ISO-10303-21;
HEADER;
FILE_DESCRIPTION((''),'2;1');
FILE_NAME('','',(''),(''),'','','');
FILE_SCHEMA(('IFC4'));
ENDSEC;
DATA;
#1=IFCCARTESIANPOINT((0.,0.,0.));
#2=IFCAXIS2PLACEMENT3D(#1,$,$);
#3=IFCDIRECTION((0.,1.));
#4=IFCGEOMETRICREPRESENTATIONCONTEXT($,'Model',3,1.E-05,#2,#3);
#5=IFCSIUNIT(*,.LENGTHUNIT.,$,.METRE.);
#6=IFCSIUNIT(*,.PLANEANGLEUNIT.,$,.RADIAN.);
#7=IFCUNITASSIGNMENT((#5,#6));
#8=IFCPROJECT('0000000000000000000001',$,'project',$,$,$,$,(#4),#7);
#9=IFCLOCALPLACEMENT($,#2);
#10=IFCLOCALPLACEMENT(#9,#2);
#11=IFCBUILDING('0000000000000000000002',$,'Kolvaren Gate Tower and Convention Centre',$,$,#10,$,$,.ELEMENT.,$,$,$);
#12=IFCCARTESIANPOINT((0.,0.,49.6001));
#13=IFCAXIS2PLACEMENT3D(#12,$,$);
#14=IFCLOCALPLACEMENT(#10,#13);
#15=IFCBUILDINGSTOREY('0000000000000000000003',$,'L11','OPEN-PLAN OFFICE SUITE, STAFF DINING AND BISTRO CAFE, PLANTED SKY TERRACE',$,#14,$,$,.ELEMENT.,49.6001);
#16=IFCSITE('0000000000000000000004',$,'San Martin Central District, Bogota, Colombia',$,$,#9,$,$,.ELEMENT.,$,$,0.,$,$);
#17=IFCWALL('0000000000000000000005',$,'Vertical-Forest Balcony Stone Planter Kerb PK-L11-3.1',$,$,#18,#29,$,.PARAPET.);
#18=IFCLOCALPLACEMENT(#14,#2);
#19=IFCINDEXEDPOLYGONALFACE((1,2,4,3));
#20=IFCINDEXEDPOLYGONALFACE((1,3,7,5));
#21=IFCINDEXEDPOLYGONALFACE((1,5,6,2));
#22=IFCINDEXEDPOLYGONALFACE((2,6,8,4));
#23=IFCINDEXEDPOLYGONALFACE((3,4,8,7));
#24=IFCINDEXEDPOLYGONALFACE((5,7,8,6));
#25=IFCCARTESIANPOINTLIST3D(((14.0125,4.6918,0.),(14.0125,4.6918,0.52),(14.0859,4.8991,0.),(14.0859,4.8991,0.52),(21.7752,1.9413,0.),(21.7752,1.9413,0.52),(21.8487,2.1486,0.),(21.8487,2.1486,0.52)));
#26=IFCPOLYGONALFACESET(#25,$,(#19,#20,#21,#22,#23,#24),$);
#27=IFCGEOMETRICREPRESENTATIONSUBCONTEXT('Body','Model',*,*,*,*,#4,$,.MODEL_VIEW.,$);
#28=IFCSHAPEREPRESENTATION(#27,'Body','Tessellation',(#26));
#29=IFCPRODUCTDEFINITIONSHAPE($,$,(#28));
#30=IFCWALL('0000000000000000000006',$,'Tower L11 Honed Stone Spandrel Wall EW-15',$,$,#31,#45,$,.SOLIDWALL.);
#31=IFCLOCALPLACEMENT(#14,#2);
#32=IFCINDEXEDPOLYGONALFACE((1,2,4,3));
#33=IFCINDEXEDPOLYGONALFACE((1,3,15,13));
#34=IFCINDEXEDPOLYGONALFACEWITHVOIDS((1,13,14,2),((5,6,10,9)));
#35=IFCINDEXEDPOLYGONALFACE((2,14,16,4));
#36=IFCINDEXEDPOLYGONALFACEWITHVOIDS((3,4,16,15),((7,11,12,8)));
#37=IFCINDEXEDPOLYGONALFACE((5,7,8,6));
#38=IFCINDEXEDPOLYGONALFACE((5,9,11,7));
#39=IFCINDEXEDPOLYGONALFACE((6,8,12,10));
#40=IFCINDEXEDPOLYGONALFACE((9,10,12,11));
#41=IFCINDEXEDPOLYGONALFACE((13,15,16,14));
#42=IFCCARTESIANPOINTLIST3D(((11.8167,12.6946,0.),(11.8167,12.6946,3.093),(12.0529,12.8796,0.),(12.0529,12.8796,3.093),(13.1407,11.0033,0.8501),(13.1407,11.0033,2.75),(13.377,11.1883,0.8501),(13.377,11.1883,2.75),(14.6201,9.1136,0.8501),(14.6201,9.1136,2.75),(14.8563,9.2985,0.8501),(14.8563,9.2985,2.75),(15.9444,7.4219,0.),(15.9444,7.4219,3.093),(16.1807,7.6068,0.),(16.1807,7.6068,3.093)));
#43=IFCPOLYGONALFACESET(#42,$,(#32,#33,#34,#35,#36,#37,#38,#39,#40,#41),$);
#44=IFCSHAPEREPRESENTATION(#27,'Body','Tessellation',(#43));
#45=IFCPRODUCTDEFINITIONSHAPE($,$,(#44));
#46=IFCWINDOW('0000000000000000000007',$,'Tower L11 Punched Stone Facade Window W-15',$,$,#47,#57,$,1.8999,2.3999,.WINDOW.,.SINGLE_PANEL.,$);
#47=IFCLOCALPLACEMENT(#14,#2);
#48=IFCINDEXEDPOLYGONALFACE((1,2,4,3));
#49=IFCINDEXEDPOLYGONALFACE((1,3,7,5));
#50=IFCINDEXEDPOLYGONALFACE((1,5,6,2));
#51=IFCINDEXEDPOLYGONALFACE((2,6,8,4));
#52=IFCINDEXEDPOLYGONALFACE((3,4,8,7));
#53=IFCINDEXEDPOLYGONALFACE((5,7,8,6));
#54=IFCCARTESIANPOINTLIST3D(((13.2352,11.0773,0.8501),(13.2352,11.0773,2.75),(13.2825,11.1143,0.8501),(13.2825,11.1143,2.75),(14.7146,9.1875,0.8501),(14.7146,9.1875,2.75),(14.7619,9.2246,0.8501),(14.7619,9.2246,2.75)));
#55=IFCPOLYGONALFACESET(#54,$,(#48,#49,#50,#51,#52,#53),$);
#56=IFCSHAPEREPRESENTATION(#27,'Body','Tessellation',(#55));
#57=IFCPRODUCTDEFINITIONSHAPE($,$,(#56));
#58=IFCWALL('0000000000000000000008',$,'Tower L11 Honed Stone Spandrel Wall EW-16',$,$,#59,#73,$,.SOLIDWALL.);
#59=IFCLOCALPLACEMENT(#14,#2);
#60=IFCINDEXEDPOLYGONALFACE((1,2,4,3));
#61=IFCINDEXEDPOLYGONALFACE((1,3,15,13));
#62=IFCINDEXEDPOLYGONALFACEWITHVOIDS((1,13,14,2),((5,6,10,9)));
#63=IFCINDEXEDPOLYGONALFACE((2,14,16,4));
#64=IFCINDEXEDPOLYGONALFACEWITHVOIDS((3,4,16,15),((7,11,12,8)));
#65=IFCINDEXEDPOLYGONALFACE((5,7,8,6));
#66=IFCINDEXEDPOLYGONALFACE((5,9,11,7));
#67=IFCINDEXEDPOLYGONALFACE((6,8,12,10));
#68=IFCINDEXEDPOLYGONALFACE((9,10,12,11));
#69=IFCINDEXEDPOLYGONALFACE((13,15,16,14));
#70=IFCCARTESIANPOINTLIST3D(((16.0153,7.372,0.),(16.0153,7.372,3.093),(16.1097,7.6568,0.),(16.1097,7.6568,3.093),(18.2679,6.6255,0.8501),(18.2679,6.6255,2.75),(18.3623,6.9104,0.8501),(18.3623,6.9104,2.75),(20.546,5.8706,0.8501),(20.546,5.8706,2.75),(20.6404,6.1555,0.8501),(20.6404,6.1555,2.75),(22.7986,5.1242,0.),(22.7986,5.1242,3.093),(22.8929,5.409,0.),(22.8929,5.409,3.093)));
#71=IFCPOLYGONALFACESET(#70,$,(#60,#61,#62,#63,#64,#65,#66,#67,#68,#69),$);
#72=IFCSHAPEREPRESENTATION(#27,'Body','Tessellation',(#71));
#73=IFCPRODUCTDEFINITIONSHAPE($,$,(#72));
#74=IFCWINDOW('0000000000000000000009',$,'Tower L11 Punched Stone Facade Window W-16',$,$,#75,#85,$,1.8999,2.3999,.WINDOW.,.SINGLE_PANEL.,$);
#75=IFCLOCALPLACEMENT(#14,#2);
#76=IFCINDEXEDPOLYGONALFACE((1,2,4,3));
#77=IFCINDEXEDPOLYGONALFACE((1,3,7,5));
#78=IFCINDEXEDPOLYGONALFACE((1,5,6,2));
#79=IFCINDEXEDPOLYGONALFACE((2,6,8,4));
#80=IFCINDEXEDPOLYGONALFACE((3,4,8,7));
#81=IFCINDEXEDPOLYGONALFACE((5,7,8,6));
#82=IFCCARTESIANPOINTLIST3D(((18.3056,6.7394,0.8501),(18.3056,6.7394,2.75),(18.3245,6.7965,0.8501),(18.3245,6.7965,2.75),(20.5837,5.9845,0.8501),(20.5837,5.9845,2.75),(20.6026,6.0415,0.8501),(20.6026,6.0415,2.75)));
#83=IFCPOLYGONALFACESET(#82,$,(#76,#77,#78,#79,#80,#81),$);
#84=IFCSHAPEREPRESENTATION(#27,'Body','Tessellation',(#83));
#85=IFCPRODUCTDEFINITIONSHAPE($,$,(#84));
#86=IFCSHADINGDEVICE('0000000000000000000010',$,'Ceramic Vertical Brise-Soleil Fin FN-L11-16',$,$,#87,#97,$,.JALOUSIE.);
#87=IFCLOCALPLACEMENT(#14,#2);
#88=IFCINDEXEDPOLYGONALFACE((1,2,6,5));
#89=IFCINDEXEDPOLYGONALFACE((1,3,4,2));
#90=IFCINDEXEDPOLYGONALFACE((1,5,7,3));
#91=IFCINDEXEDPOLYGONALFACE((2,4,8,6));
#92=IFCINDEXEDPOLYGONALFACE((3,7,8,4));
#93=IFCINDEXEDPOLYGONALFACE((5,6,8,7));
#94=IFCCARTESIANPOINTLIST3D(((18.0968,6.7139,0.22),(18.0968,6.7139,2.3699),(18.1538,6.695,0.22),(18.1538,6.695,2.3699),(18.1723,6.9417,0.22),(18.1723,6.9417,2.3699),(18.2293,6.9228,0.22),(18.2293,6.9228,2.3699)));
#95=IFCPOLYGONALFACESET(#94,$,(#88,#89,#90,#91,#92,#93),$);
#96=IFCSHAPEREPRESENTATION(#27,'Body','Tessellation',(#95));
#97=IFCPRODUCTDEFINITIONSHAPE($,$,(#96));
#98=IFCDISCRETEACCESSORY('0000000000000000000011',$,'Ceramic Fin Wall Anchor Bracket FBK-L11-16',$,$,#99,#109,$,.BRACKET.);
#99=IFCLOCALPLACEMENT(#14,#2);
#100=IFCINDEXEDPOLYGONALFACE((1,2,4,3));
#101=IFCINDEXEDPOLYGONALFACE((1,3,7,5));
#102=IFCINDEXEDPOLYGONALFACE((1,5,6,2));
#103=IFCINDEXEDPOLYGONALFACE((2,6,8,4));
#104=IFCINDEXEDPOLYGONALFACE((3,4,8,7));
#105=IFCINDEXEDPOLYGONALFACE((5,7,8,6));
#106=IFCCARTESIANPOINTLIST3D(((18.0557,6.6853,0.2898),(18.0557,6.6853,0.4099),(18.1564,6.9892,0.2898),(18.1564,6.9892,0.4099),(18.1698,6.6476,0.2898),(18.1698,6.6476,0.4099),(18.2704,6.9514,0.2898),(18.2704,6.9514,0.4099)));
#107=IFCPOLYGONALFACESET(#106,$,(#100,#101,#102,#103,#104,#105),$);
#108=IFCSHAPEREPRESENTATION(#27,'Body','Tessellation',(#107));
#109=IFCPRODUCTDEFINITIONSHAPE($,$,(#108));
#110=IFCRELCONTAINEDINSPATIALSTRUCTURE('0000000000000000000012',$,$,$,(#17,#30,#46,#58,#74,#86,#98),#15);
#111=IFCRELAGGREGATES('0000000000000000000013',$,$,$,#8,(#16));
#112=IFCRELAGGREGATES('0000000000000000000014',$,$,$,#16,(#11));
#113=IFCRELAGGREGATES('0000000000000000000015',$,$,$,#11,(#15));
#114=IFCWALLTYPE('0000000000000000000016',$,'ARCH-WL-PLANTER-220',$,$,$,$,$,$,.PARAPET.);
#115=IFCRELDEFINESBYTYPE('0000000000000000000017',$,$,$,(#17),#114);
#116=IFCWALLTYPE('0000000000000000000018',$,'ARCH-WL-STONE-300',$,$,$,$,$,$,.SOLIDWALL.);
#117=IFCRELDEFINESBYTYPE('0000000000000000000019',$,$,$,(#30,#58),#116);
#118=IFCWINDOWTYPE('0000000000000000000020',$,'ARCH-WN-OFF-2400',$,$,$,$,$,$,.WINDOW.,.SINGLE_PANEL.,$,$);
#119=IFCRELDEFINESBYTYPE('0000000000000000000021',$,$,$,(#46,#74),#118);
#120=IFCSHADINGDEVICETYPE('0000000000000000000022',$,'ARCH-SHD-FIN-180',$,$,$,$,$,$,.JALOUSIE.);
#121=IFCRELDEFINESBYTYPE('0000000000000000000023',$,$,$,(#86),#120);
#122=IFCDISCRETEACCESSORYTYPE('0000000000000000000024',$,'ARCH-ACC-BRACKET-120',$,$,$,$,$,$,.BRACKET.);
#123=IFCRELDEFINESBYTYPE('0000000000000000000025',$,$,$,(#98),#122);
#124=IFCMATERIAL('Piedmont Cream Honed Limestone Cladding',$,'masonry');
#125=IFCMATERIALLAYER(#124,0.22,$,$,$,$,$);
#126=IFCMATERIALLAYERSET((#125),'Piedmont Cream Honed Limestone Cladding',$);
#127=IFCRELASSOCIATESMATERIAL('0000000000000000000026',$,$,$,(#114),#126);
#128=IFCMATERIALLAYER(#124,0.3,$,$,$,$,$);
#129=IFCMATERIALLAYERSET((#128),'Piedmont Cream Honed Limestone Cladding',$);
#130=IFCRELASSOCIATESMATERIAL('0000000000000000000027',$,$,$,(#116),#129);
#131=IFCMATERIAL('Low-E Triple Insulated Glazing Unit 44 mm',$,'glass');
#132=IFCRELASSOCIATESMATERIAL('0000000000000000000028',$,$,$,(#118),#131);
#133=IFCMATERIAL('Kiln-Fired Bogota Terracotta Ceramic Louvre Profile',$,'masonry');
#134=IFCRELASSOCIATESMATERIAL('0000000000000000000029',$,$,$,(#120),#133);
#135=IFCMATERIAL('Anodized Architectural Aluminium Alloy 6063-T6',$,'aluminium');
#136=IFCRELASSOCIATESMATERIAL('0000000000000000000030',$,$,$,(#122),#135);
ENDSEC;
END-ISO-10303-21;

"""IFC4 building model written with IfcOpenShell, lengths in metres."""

from ifc_helpers import new_model, si_unit, direction, frame, frame_2d, origin, origin_2d, place, context, subcontext, project, spatial, rectangle, extrude, material, layer, layer_set, type_object, element, fill, save


model = new_model("IFC4")

# Units and contexts
model_context = context("Model", 3, precision=1e-05, world=origin(), true_north=direction((0.0, 1.0)))
body_context = subcontext(model_context, "Body", "Model", "MODEL_VIEW")
ifc_project = project(units=[si_unit("LENGTHUNIT", "METRE"), si_unit("PLANEANGLEUNIT", "RADIAN")], contexts=[model_context])

# Site, building, storey
site_placement = place(None, origin())
site = spatial("IfcSite", under=ifc_project, at=site_placement, Name="San Martin Central District, Bogota, Colombia", CompositionType="ELEMENT", RefElevation=0.0)
building_placement = place(site_placement, origin())
building = spatial("IfcBuilding", under=site, at=building_placement, Name="Kolvaren Gate Tower and Convention Centre", CompositionType="ELEMENT")
storey_placement = place(building_placement, frame((0.0, 0.0, 49.6001)))
storey = spatial("IfcBuildingStorey", under=building, at=storey_placement, Name="L11", Description="OPEN-PLAN OFFICE SUITE, STAFF DINING AND BISTRO CAFE, PLANTED SKY TERRACE", CompositionType="ELEMENT", Elevation=49.6001)

# Wall
ifc_material_1 = material(Name="Piedmont Cream Honed Limestone Cladding", Category="masonry")
ifc_layer_1 = layer(ifc_material_1, 0.22)
ifc_layer_set_1 = layer_set([ifc_layer_1], Name="Piedmont Cream Honed Limestone Cladding")
wall_type_1 = type_object("IfcWallType", Name="ARCH-WL-PLANTER-220", PredefinedType="PARAPET", material=ifc_layer_set_1)
wall_1_placement = place(storey_placement, frame((14.0493, 4.7954, 0.0), z_axis=(0.0, 0.0, 1.0), x_axis=(0.942581, -0.333977, 0.0)))
element("IfcWall", 1, at=wall_1_placement, inside=storey, type_object=wall_type_1, Name="Vertical-Forest Balcony Stone Planter Kerb PK-L11-3.1", PredefinedType="PARAPET", context=body_context, shape_type="SweptSolid", body=[
    extrude(rectangle(XDim=8.2356, YDim=0.22, at=frame_2d((4.1177, 0.0))), origin(), (0.0, 0.0, 1.0), 0.52),
])

# Walls, openings, windows
ifc_layer_2 = layer(ifc_material_1, 0.3)
ifc_layer_set_2 = layer_set([ifc_layer_2], Name="Piedmont Cream Honed Limestone Cladding")
wall_type_2 = type_object("IfcWallType", Name="ARCH-WL-STONE-300", PredefinedType="SOLIDWALL", material=ifc_layer_set_2)
wall_2_placement = place(storey_placement, frame((11.9348, 12.7871, 0.0), z_axis=(0.0, 0.0, 1.0), x_axis=(0.616421, -0.787417, 0.0)))
wall_2 = element("IfcWall", 2, at=wall_2_placement, inside=storey, type_object=wall_type_2, Name="Tower L11 Honed Stone Spandrel Wall EW-15", PredefinedType="SOLIDWALL", context=body_context, shape_type="SweptSolid", body=[
    extrude(rectangle(XDim=6.6963, YDim=0.3, at=frame_2d((3.3481, 0.0))), origin(), (0.0, 0.0, 1.0), 3.093),
])
opening_1_placement = place(wall_2_placement, frame((2.1479, 0.0, 0.8501)))
opening_1 = element("IfcOpeningElement", 3, at=opening_1_placement, cuts=wall_2, PredefinedType="OPENING", context=body_context, shape_type="SweptSolid", body=[
    extrude(rectangle(XDim=2.3999, YDim=1.8999, at=frame_2d((1.2, 0.95))), frame((0.0, 0.1599, 0.0), z_axis=(0.0, -1.0, 0.0), x_axis=(1.0, 0.0, 0.0)), (0.0, 0.0, 1.0), 0.3201),
])
ifc_material_2 = material(Name="Low-E Triple Insulated Glazing Unit 44 mm", Category="glass")
window_type = type_object("IfcWindowType", Name="ARCH-WN-OFF-2400", PartitioningType="SINGLE_PANEL", PredefinedType="WINDOW", material=ifc_material_2)
window_1_placement = place(opening_1_placement, origin())
window_1 = element("IfcWindow", 4, at=window_1_placement, inside=storey, type_object=window_type, Name="Tower L11 Punched Stone Facade Window W-15", OverallHeight=1.8999, OverallWidth=2.3999, PartitioningType="SINGLE_PANEL", PredefinedType="WINDOW", context=body_context, shape_type="SweptSolid", body=[
    extrude(rectangle(XDim=2.3999, YDim=1.8999, at=frame_2d((1.2, 0.95))), frame((0.0, 0.03, 0.0), z_axis=(0.0, -1.0, 0.0), x_axis=(1.0, 0.0, 0.0)), (0.0, 0.0, 1.0), 0.0601),
])
fill(opening_1, window_1)
wall_3_placement = place(storey_placement, frame((16.0625, 7.5144, 0.0), z_axis=(0.0, 0.0, 1.0), x_axis=(0.949239, -0.314557, 0.0)))
wall_3 = element("IfcWall", 5, at=wall_3_placement, inside=storey, type_object=wall_type_2, Name="Tower L11 Honed Stone Spandrel Wall EW-16", PredefinedType="SOLIDWALL", context=body_context, shape_type="SweptSolid", body=[
    extrude(rectangle(XDim=7.146, YDim=0.3, at=frame_2d((3.573, 0.0))), origin(), (0.0, 0.0, 1.0), 3.093),
])
opening_2_placement = place(wall_3_placement, frame((2.373, 0.0, 0.8501)))
opening_2 = element("IfcOpeningElement", 6, at=opening_2_placement, cuts=wall_3, PredefinedType="OPENING", context=body_context, shape_type="SweptSolid", body=[
    extrude(rectangle(XDim=2.3999, YDim=1.8999, at=frame_2d((1.2, 0.95))), frame((0.0, 0.1599, 0.0), z_axis=(0.0, -1.0, 0.0), x_axis=(1.0, 0.0, 0.0)), (0.0, 0.0, 1.0), 0.3201),
])
window_2_placement = place(opening_2_placement, origin())
window_2 = element("IfcWindow", 7, at=window_2_placement, inside=storey, type_object=window_type, Name="Tower L11 Punched Stone Facade Window W-16", OverallHeight=1.8999, OverallWidth=2.3999, PartitioningType="SINGLE_PANEL", PredefinedType="WINDOW", context=body_context, shape_type="SweptSolid", body=[
    extrude(rectangle(XDim=2.3999, YDim=1.8999, at=frame_2d((1.2, 0.95))), frame((0.0, 0.03, 0.0), z_axis=(0.0, -1.0, 0.0), x_axis=(1.0, 0.0, 0.0)), (0.0, 0.0, 1.0), 0.0601),
])
fill(opening_2, window_2)

# Shading device
ifc_material_3 = material(Name="Kiln-Fired Bogota Terracotta Ceramic Louvre Profile", Category="masonry")
shading_device_type = type_object("IfcShadingDeviceType", Name="ARCH-SHD-FIN-180", PredefinedType="JALOUSIE", material=ifc_material_3)
shading_device_placement = place(storey_placement, frame((18.1631, 6.8184, 0.22), z_axis=(0.0, 0.0, 1.0), x_axis=(0.949243, -0.314544, 0.0)))
element("IfcShadingDevice", 8, at=shading_device_placement, inside=storey, type_object=shading_device_type, Name="Ceramic Vertical Brise-Soleil Fin FN-L11-16", PredefinedType="JALOUSIE", context=body_context, shape_type="SweptSolid", body=[
    extrude(rectangle(XDim=0.0601, YDim=0.24, at=origin_2d()), origin(), (0.0, 0.0, 1.0), 2.1499),
])

# Discrete accessory
ifc_material_4 = material(Name="Anodized Architectural Aluminium Alloy 6063-T6", Category="aluminium")
discrete_accessory_type = type_object("IfcDiscreteAccessoryType", Name="ARCH-ACC-BRACKET-120", PredefinedType="BRACKET", material=ifc_material_4)
discrete_accessory_placement = place(storey_placement, frame((18.1631, 6.8184, 0.2898), z_axis=(0.0, 0.0, 1.0), x_axis=(0.949243, -0.314544, 0.0)))
element("IfcDiscreteAccessory", 9, at=discrete_accessory_placement, inside=storey, type_object=discrete_accessory_type, Name="Ceramic Fin Wall Anchor Bracket FBK-L11-16", PredefinedType="BRACKET", context=body_context, shape_type="SweptSolid", body=[
    extrude(rectangle(XDim=0.1201, YDim=0.3201, at=origin_2d()), origin(), (0.0, 0.0, 1.0), 0.1201),
])

save(model, "model.ifc")
